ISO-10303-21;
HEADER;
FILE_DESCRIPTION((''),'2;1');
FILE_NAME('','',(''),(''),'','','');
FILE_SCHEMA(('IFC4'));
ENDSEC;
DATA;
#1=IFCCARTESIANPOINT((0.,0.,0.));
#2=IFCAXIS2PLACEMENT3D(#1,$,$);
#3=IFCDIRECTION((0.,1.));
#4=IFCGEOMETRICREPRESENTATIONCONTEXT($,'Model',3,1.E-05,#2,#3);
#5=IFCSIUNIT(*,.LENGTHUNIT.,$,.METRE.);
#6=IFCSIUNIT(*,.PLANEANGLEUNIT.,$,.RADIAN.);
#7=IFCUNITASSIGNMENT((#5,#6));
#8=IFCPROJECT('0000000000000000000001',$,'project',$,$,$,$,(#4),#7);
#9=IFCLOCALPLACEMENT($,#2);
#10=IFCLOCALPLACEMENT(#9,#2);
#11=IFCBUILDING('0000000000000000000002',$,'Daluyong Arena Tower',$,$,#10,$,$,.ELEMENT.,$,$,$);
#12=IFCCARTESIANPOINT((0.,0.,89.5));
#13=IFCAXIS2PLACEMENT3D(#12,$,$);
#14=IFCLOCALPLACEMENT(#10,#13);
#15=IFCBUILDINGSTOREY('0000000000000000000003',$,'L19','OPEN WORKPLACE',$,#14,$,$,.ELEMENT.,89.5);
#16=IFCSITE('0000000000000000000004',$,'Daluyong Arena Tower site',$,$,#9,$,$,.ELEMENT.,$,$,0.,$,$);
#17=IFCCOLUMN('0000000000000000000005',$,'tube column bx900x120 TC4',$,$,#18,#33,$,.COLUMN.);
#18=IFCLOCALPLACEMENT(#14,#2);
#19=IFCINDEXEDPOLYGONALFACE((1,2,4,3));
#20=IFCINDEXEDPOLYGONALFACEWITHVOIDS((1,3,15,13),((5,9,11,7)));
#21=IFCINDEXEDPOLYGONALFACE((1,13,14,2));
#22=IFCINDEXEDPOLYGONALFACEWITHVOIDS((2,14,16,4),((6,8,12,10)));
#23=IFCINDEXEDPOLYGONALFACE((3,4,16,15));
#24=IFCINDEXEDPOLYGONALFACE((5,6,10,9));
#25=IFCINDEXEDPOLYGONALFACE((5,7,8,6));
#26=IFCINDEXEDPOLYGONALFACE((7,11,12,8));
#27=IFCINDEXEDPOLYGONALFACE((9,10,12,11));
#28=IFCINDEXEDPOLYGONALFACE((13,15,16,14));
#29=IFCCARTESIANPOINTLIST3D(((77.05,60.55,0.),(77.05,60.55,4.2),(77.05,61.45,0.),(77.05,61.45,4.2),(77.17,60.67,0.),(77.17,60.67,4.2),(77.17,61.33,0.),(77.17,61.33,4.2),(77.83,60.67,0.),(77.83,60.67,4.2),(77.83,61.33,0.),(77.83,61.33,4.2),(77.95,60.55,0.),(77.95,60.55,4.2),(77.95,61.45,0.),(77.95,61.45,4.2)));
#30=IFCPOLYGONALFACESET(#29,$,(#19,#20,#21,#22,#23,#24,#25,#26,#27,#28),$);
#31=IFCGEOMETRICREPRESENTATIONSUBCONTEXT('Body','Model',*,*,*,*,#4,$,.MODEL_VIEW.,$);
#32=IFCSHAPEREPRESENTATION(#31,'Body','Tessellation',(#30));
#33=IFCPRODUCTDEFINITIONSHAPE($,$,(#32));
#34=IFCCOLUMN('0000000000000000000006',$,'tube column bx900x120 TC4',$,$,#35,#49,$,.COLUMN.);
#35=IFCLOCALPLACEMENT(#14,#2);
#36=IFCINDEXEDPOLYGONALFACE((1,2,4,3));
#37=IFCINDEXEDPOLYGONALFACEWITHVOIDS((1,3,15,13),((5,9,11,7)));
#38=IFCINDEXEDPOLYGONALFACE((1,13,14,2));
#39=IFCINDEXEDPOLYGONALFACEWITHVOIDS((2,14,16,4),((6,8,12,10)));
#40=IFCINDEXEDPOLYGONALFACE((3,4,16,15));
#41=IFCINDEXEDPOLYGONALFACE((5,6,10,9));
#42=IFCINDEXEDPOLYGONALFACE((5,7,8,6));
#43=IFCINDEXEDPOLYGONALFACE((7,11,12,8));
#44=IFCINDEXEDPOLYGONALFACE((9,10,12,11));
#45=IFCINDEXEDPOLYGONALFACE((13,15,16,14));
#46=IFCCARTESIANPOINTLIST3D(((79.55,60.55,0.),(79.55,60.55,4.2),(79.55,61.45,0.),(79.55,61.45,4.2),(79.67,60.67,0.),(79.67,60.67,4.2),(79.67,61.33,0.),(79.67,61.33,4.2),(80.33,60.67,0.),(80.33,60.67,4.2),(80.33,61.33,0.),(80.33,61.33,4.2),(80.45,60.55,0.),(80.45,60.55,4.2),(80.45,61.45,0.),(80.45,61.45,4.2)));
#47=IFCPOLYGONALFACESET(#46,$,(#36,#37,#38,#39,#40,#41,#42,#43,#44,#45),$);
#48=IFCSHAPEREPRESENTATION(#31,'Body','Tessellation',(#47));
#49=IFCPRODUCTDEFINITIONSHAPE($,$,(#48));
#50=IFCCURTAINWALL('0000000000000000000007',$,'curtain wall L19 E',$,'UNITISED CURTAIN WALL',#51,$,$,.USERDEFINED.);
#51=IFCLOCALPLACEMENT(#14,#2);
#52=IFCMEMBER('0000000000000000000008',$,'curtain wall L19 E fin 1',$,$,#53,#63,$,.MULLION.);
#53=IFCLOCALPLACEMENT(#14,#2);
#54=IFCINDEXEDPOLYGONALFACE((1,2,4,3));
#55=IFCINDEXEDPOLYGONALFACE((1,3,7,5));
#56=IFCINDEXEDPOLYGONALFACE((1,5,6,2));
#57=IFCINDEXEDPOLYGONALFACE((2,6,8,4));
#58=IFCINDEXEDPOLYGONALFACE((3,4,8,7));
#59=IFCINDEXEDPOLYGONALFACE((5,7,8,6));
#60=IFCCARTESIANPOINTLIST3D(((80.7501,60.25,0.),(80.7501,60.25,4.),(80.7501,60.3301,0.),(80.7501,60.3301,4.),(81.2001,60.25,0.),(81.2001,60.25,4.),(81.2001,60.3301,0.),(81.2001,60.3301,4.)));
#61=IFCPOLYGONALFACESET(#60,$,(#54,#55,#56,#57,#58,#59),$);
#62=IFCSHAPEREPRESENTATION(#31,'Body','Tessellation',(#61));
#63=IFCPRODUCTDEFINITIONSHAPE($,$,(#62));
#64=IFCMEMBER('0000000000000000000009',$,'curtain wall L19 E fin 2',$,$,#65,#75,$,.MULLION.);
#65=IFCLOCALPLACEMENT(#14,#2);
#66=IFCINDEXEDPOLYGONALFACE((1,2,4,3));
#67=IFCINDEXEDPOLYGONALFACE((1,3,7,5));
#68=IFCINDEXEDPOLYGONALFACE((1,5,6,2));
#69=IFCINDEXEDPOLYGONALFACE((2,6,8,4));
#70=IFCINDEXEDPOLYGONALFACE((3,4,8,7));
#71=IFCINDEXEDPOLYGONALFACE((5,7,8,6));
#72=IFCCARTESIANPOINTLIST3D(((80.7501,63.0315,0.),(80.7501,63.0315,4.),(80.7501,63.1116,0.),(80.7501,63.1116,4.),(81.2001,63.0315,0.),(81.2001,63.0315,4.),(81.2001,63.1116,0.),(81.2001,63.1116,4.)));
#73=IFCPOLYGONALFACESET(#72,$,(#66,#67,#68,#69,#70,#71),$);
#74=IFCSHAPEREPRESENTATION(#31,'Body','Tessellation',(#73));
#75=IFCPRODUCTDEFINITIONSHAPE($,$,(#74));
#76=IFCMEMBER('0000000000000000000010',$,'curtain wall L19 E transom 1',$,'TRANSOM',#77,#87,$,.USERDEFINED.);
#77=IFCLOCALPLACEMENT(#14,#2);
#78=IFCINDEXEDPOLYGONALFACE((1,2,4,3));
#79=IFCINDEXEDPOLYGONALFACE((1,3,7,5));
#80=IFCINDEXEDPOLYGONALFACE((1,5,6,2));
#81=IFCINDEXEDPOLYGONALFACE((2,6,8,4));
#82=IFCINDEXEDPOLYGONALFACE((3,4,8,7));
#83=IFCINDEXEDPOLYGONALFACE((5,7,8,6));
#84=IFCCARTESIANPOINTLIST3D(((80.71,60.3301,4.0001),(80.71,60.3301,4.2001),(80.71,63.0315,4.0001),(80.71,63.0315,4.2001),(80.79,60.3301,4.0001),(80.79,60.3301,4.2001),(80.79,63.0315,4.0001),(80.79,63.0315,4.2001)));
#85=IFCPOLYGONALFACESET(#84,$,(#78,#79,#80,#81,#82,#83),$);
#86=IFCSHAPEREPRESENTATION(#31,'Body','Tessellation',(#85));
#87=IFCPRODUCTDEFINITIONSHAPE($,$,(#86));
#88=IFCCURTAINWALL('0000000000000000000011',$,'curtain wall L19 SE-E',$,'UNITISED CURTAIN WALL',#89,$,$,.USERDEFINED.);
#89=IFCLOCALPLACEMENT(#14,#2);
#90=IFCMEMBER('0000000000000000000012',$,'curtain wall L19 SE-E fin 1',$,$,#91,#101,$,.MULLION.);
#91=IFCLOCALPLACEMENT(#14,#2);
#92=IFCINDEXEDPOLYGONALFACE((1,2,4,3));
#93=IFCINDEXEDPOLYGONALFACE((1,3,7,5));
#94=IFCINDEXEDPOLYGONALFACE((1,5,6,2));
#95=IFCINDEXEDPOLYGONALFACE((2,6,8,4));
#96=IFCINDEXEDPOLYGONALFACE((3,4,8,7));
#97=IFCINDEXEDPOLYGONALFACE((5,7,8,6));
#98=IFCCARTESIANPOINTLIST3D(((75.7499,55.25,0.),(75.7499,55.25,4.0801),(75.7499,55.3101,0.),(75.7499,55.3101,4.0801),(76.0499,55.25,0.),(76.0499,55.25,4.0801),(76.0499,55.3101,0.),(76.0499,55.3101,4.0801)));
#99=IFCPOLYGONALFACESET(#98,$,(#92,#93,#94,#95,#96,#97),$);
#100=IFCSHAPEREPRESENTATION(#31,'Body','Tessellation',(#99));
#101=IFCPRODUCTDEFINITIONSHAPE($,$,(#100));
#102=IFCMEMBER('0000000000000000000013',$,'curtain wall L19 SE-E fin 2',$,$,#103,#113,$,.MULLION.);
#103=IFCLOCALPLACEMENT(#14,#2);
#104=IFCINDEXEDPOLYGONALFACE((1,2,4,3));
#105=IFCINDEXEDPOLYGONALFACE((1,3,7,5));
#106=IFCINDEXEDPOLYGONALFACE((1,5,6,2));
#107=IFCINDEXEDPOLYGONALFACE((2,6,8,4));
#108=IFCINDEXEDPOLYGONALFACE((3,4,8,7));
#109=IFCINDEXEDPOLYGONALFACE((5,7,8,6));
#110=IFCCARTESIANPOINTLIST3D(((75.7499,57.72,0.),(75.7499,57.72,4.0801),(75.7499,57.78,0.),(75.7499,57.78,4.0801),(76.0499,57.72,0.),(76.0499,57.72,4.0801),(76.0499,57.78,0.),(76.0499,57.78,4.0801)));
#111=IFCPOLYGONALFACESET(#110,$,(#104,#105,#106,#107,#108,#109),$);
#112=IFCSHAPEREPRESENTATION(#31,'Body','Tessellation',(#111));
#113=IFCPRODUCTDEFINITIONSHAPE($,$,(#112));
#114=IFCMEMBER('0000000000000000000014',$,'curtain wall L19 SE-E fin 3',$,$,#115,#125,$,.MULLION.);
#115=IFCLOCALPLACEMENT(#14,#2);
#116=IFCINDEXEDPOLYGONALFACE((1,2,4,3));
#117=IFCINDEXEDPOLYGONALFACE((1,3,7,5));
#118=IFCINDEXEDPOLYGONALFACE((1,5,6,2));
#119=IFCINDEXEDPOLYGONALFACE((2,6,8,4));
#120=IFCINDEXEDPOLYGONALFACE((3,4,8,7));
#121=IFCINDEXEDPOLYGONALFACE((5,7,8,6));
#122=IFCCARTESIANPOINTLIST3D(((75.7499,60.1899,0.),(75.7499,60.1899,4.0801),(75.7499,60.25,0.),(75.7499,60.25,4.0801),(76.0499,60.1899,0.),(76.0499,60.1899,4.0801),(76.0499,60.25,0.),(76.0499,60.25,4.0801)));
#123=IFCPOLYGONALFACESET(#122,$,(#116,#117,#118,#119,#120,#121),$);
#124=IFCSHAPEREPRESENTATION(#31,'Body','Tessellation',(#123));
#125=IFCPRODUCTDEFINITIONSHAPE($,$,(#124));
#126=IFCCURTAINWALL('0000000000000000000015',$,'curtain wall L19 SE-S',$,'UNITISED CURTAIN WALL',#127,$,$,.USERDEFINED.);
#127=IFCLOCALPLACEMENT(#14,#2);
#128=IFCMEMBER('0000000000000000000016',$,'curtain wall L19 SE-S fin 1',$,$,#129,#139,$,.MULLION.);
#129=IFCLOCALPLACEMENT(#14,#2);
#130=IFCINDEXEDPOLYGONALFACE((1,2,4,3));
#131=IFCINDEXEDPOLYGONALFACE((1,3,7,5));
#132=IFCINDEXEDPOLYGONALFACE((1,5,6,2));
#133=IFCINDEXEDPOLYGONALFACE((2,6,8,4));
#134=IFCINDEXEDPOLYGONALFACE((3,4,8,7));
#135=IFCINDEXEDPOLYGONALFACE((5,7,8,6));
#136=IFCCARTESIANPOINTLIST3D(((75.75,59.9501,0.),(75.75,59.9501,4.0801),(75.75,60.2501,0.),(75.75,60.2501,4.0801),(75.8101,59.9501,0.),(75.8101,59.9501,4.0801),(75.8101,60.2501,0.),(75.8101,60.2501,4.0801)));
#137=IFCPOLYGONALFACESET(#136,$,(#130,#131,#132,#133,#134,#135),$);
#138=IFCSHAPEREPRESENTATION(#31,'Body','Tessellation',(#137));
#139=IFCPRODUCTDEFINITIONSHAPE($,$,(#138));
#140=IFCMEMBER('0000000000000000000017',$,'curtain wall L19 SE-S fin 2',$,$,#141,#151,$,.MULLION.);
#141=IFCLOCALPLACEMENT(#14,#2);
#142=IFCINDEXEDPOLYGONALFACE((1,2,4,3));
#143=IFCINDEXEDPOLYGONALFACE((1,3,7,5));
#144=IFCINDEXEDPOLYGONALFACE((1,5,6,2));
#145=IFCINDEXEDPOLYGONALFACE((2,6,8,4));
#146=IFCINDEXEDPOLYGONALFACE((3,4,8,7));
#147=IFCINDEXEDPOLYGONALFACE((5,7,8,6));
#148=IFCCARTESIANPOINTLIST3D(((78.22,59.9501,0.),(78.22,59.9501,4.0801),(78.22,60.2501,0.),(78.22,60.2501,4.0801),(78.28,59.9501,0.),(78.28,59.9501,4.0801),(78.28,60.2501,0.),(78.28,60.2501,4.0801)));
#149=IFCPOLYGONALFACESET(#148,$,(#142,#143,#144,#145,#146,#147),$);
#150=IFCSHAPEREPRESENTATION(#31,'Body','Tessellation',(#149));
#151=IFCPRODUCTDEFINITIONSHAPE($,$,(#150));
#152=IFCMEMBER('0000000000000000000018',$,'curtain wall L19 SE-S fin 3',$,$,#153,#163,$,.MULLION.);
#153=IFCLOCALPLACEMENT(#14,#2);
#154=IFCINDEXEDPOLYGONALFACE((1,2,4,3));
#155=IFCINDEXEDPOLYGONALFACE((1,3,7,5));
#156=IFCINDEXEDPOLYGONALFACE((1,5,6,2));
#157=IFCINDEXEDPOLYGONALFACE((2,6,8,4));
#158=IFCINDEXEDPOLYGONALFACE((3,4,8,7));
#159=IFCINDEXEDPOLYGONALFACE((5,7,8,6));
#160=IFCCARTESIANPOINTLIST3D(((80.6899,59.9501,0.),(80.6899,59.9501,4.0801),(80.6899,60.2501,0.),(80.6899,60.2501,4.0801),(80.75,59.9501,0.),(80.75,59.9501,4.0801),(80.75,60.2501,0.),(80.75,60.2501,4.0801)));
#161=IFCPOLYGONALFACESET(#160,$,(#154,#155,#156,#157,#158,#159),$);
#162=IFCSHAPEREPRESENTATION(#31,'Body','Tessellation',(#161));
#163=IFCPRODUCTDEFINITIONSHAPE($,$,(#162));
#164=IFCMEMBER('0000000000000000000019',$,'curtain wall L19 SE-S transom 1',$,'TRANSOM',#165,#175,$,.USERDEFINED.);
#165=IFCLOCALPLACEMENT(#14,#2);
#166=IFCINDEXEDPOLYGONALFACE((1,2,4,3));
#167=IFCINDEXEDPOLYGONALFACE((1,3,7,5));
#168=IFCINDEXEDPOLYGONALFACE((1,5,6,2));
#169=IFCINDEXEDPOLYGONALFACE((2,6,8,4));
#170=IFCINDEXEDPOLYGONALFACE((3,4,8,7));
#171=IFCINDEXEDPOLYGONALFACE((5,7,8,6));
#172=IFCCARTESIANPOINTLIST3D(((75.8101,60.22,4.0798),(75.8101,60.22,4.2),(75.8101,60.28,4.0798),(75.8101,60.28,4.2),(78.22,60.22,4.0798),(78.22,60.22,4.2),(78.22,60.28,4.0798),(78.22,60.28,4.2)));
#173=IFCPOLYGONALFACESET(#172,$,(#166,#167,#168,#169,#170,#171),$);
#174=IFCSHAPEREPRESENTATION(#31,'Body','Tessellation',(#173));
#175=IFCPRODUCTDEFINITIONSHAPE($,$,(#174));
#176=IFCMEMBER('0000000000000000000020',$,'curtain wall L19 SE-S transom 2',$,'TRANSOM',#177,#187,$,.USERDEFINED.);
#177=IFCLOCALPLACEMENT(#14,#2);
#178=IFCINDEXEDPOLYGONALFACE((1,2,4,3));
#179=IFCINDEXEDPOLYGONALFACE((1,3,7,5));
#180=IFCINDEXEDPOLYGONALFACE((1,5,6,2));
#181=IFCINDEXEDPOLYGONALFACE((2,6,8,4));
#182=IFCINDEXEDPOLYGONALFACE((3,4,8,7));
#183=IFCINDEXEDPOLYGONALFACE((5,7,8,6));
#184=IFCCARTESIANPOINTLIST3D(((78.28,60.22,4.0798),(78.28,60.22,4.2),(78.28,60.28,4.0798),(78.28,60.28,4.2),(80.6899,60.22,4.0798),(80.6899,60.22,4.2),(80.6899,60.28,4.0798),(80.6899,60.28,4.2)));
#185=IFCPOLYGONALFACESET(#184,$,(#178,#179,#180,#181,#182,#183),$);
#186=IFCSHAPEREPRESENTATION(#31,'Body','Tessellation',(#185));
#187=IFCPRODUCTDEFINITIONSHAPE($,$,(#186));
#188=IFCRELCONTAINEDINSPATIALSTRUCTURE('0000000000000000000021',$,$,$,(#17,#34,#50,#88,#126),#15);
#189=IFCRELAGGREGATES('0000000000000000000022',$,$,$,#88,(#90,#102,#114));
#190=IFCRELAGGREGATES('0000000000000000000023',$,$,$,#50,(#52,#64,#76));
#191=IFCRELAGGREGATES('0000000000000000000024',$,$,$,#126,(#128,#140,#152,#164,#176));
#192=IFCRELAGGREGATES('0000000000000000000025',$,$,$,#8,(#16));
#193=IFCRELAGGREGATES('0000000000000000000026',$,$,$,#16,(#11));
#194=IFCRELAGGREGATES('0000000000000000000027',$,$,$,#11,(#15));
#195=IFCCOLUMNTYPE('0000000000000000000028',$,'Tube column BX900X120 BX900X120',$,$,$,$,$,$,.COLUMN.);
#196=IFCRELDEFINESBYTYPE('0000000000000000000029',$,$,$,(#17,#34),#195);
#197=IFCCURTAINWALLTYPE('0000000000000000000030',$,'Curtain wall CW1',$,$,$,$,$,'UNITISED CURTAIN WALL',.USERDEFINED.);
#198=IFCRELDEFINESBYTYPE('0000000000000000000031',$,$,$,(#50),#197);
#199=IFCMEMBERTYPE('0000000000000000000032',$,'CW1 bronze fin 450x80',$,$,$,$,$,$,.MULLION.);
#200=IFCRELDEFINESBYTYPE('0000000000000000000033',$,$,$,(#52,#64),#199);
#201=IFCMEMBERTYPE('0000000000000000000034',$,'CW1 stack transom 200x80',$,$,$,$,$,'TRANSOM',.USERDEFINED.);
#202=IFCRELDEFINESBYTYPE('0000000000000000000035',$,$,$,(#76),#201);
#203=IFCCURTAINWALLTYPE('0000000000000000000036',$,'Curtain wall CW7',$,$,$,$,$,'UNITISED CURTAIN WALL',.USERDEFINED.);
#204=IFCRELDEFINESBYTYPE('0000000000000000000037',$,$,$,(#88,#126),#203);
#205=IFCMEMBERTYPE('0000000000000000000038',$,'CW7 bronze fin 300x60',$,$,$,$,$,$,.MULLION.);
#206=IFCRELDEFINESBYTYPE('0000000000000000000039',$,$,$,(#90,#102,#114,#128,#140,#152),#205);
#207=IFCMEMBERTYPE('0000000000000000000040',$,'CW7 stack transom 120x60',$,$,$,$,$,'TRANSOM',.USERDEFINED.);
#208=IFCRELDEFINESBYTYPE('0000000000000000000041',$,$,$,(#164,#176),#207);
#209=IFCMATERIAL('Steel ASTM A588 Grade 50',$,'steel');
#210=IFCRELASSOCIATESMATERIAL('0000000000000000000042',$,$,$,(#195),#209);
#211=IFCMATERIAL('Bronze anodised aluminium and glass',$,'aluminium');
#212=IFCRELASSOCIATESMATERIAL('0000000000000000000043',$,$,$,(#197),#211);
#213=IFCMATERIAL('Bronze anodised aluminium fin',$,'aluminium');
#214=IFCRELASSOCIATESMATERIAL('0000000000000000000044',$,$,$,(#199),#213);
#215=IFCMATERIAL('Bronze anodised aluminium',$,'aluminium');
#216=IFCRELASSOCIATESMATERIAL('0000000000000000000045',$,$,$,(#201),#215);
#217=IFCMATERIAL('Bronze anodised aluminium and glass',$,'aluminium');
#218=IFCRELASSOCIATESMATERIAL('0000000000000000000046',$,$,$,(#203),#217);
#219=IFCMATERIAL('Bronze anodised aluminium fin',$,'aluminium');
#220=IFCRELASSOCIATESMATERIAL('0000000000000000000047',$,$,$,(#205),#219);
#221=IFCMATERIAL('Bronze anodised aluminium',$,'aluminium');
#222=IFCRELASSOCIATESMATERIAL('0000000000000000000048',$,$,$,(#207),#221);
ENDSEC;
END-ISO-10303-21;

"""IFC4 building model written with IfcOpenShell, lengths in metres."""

from ifc_helpers import new_model, si_unit, direction, frame, origin, origin_2d, place, context, subcontext, project, spatial, rectangle, hollow_rectangle, extrude, material, material_profile, profile_set, type_object, element, aggregate, save


model = new_model("IFC4")

# Units and contexts
model_context = context("Model", 3, precision=1e-05, world=origin(), true_north=direction((0.0, 1.0)))
body_context = subcontext(model_context, "Body", "Model", "MODEL_VIEW")
ifc_project = project(units=[si_unit("LENGTHUNIT", "METRE"), si_unit("PLANEANGLEUNIT", "RADIAN")], contexts=[model_context])

# Site, building, storey
site_placement = place(None, origin())
site = spatial("IfcSite", under=ifc_project, at=site_placement, Name="Daluyong Arena Tower site", CompositionType="ELEMENT", RefElevation=0.0)
building_placement = place(site_placement, origin())
building = spatial("IfcBuilding", under=site, at=building_placement, Name="Daluyong Arena Tower", CompositionType="ELEMENT")
storey_placement = place(building_placement, frame((0.0, 0.0, 89.5)))
storey = spatial("IfcBuildingStorey", under=building, at=storey_placement, Name="L19", Description="OPEN WORKPLACE", CompositionType="ELEMENT", Elevation=89.5)

# Columns
ifc_material_1 = material(Name="Steel ASTM A588 Grade 50", Category="steel")
ifc_material_profile_1 = material_profile(ifc_material_1, hollow_rectangle(XDim=0.8999, YDim=0.8999, WallThickness=0.12, at=origin_2d()))
ifc_profile_set_1 = profile_set([ifc_material_profile_1], Name="Steel ASTM A588 Grade 50")
column_type = type_object("IfcColumnType", Name="Tube column BX900X120 BX900X120", PredefinedType="COLUMN", material=ifc_profile_set_1)
for number, where, z_axis, x_axis, name in (
    (1, (77.5, 61.0, 0.0), (0.0, 0.0, 1.0), (1.0, 0.0, 0.0), "tube column bx900x120 TC4"),
    (2, (80.0, 61.0, 0.0), (0.0, 0.0, 1.0), (0.0, 1.0, 0.0), "tube column bx900x120 TC4"),
):
    element("IfcColumn", number, at=place(storey_placement, frame(where, z_axis=z_axis, x_axis=x_axis)), inside=storey, type_object=column_type, Name=name, PredefinedType="COLUMN", context=body_context, shape_type="SweptSolid", body=[
        extrude(hollow_rectangle(XDim=0.8999, YDim=0.8999, WallThickness=0.12, at=origin_2d()), origin(), (0.0, 0.0, 1.0), 4.2),
    ])

# Curtain walls, members
ifc_material_2 = material(Name="Bronze anodised aluminium and glass", Category="aluminium")
curtain_wall_type_1 = type_object("IfcCurtainWallType", Name="Curtain wall CW1", ElementType="UNITISED CURTAIN WALL", PredefinedType="USERDEFINED", material=ifc_material_2)
curtain_wall_1_placement = place(storey_placement, origin())
curtain_wall_1 = element("IfcCurtainWall", 3, at=curtain_wall_1_placement, inside=storey, type_object=curtain_wall_type_1, Name="curtain wall L19 E", ObjectType="UNITISED CURTAIN WALL", PredefinedType="USERDEFINED")
ifc_material_3 = material(Name="Bronze anodised aluminium fin", Category="aluminium")
ifc_material_profile_2 = material_profile(ifc_material_3, rectangle(XDim=0.45, YDim=0.0801, at=origin_2d()))
ifc_profile_set_2 = profile_set([ifc_material_profile_2], Name="Bronze anodised aluminium fin")
member_type_1 = type_object("IfcMemberType", Name="CW1 bronze fin 450x80", PredefinedType="MULLION", material=ifc_profile_set_2)
member_1_placement = place(storey_placement, frame((80.9751, 60.29, 0.0), z_axis=(0.0, 0.0, 1.0), x_axis=(-1.0, 0.0, 0.0)))
member_1 = element("IfcMember", 4, at=member_1_placement, type_object=member_type_1, Name="curtain wall L19 E fin 1", PredefinedType="MULLION", context=body_context, shape_type="SweptSolid", body=[
    extrude(rectangle(XDim=0.45, YDim=0.0801, at=origin_2d()), origin(), (0.0, 0.0, 1.0), 4.0),
])
member_2_placement = place(storey_placement, frame((80.9751, 63.0715, 0.0), z_axis=(0.0, 0.0, 1.0), x_axis=(-1.0, 0.0, 0.0)))
member_2 = element("IfcMember", 5, at=member_2_placement, type_object=member_type_1, Name="curtain wall L19 E fin 2", PredefinedType="MULLION", context=body_context, shape_type="SweptSolid", body=[
    extrude(rectangle(XDim=0.45, YDim=0.0801, at=origin_2d()), origin(), (0.0, 0.0, 1.0), 4.0),
])
ifc_material_4 = material(Name="Bronze anodised aluminium", Category="aluminium")
ifc_material_profile_3 = material_profile(ifc_material_4, rectangle(XDim=0.0801, YDim=0.2, at=origin_2d()))
ifc_profile_set_3 = profile_set([ifc_material_profile_3], Name="Bronze anodised aluminium")
member_type_2 = type_object("IfcMemberType", Name="CW1 stack transom 200x80", ElementType="TRANSOM", PredefinedType="USERDEFINED", material=ifc_profile_set_3)
member_3_placement = place(storey_placement, frame((80.75, 60.3301, 4.1001), z_axis=(0.0, 1.0, 0.0), x_axis=(-1.0, 0.0, 0.0)))
member_3 = element("IfcMember", 6, at=member_3_placement, type_object=member_type_2, Name="curtain wall L19 E transom 1", ObjectType="TRANSOM", PredefinedType="USERDEFINED", context=body_context, shape_type="SweptSolid", body=[
    extrude(rectangle(XDim=0.0801, YDim=0.2, at=origin_2d()), origin(), (0.0, 0.0, 1.0), 2.7014),
])
ifc_material_5 = material(Name="Bronze anodised aluminium and glass", Category="aluminium")
curtain_wall_type_2 = type_object("IfcCurtainWallType", Name="Curtain wall CW7", ElementType="UNITISED CURTAIN WALL", PredefinedType="USERDEFINED", material=ifc_material_5)
curtain_wall_2_placement = place(storey_placement, origin())
curtain_wall_2 = element("IfcCurtainWall", 7, at=curtain_wall_2_placement, inside=storey, type_object=curtain_wall_type_2, Name="curtain wall L19 SE-E", ObjectType="UNITISED CURTAIN WALL", PredefinedType="USERDEFINED")
ifc_material_6 = material(Name="Bronze anodised aluminium fin", Category="aluminium")
ifc_material_profile_4 = material_profile(ifc_material_6, rectangle(XDim=0.3, YDim=0.0601, at=origin_2d()))
ifc_profile_set_4 = profile_set([ifc_material_profile_4], Name="Bronze anodised aluminium fin")
member_type_3 = type_object("IfcMemberType", Name="CW7 bronze fin 300x60", PredefinedType="MULLION", material=ifc_profile_set_4)
member_4_placement = place(storey_placement, frame((75.8999, 55.28, 0.0), z_axis=(0.0, 0.0, 1.0), x_axis=(-1.0, 0.0, 0.0)))
member_4 = element("IfcMember", 8, at=member_4_placement, type_object=member_type_3, Name="curtain wall L19 SE-E fin 1", PredefinedType="MULLION", context=body_context, shape_type="SweptSolid", body=[
    extrude(rectangle(XDim=0.3, YDim=0.0601, at=origin_2d()), origin(), (0.0, 0.0, 1.0), 4.0801),
])
member_5_placement = place(storey_placement, frame((75.8999, 57.75, 0.0), z_axis=(0.0, 0.0, 1.0), x_axis=(-1.0, 0.0, 0.0)))
member_5 = element("IfcMember", 9, at=member_5_placement, type_object=member_type_3, Name="curtain wall L19 SE-E fin 2", PredefinedType="MULLION", context=body_context, shape_type="SweptSolid", body=[
    extrude(rectangle(XDim=0.3, YDim=0.0601, at=origin_2d()), origin(), (0.0, 0.0, 1.0), 4.0801),
])
member_6_placement = place(storey_placement, frame((75.8999, 60.22, 0.0), z_axis=(0.0, 0.0, 1.0), x_axis=(-1.0, 0.0, 0.0)))
member_6 = element("IfcMember", 10, at=member_6_placement, type_object=member_type_3, Name="curtain wall L19 SE-E fin 3", PredefinedType="MULLION", context=body_context, shape_type="SweptSolid", body=[
    extrude(rectangle(XDim=0.3, YDim=0.0601, at=origin_2d()), origin(), (0.0, 0.0, 1.0), 4.0801),
])
aggregate(curtain_wall_2, [member_4, member_5, member_6])
curtain_wall_3_placement = place(storey_placement, origin())
curtain_wall_3 = element("IfcCurtainWall", 11, at=curtain_wall_3_placement, inside=storey, type_object=curtain_wall_type_2, Name="curtain wall L19 SE-S", ObjectType="UNITISED CURTAIN WALL", PredefinedType="USERDEFINED")
member_7_placement = place(storey_placement, frame((75.78, 60.1001, 0.0), z_axis=(0.0, 0.0, 1.0), x_axis=(0.0, 1.0, 0.0)))
member_7 = element("IfcMember", 12, at=member_7_placement, type_object=member_type_3, Name="curtain wall L19 SE-S fin 1", PredefinedType="MULLION", context=body_context, shape_type="SweptSolid", body=[
    extrude(rectangle(XDim=0.3, YDim=0.0601, at=origin_2d()), origin(), (0.0, 0.0, 1.0), 4.0801),
])
member_8_placement = place(storey_placement, frame((78.25, 60.1001, 0.0), z_axis=(0.0, 0.0, 1.0), x_axis=(0.0, 1.0, 0.0)))
member_8 = element("IfcMember", 13, at=member_8_placement, type_object=member_type_3, Name="curtain wall L19 SE-S fin 2", PredefinedType="MULLION", context=body_context, shape_type="SweptSolid", body=[
    extrude(rectangle(XDim=0.3, YDim=0.0601, at=origin_2d()), origin(), (0.0, 0.0, 1.0), 4.0801),
])
member_9_placement = place(storey_placement, frame((80.72, 60.1001, 0.0), z_axis=(0.0, 0.0, 1.0), x_axis=(0.0, 1.0, 0.0)))
member_9 = element("IfcMember", 14, at=member_9_placement, type_object=member_type_3, Name="curtain wall L19 SE-S fin 3", PredefinedType="MULLION", context=body_context, shape_type="SweptSolid", body=[
    extrude(rectangle(XDim=0.3, YDim=0.0601, at=origin_2d()), origin(), (0.0, 0.0, 1.0), 4.0801),
])
ifc_material_7 = material(Name="Bronze anodised aluminium", Category="aluminium")
ifc_material_profile_5 = material_profile(ifc_material_7, rectangle(XDim=0.0601, YDim=0.1201, at=origin_2d()))
ifc_profile_set_5 = profile_set([ifc_material_profile_5], Name="Bronze anodised aluminium")
member_type_4 = type_object("IfcMemberType", Name="CW7 stack transom 120x60", ElementType="TRANSOM", PredefinedType="USERDEFINED", material=ifc_profile_set_5)
member_10_placement = place(storey_placement, frame((75.8101, 60.25, 4.1399), z_axis=(1.0, 0.0, 0.0), x_axis=(0.0, 1.0, 0.0)))
member_10 = element("IfcMember", 15, at=member_10_placement, type_object=member_type_4, Name="curtain wall L19 SE-S transom 1", ObjectType="TRANSOM", PredefinedType="USERDEFINED", context=body_context, shape_type="SweptSolid", body=[
    extrude(rectangle(XDim=0.0601, YDim=0.1201, at=origin_2d()), origin(), (0.0, 0.0, 1.0), 2.4099),
])
member_11_placement = place(storey_placement, frame((78.28, 60.25, 4.1399), z_axis=(1.0, 0.0, 0.0), x_axis=(0.0, 1.0, 0.0)))
member_11 = element("IfcMember", 16, at=member_11_placement, type_object=member_type_4, Name="curtain wall L19 SE-S transom 2", ObjectType="TRANSOM", PredefinedType="USERDEFINED", context=body_context, shape_type="SweptSolid", body=[
    extrude(rectangle(XDim=0.0601, YDim=0.1201, at=origin_2d()), origin(), (0.0, 0.0, 1.0), 2.4099),
])

aggregate(curtain_wall_1, [member_1, member_2, member_3])
aggregate(curtain_wall_3, [member_7, member_8, member_9, member_10, member_11])

save(model, "model.ifc")
